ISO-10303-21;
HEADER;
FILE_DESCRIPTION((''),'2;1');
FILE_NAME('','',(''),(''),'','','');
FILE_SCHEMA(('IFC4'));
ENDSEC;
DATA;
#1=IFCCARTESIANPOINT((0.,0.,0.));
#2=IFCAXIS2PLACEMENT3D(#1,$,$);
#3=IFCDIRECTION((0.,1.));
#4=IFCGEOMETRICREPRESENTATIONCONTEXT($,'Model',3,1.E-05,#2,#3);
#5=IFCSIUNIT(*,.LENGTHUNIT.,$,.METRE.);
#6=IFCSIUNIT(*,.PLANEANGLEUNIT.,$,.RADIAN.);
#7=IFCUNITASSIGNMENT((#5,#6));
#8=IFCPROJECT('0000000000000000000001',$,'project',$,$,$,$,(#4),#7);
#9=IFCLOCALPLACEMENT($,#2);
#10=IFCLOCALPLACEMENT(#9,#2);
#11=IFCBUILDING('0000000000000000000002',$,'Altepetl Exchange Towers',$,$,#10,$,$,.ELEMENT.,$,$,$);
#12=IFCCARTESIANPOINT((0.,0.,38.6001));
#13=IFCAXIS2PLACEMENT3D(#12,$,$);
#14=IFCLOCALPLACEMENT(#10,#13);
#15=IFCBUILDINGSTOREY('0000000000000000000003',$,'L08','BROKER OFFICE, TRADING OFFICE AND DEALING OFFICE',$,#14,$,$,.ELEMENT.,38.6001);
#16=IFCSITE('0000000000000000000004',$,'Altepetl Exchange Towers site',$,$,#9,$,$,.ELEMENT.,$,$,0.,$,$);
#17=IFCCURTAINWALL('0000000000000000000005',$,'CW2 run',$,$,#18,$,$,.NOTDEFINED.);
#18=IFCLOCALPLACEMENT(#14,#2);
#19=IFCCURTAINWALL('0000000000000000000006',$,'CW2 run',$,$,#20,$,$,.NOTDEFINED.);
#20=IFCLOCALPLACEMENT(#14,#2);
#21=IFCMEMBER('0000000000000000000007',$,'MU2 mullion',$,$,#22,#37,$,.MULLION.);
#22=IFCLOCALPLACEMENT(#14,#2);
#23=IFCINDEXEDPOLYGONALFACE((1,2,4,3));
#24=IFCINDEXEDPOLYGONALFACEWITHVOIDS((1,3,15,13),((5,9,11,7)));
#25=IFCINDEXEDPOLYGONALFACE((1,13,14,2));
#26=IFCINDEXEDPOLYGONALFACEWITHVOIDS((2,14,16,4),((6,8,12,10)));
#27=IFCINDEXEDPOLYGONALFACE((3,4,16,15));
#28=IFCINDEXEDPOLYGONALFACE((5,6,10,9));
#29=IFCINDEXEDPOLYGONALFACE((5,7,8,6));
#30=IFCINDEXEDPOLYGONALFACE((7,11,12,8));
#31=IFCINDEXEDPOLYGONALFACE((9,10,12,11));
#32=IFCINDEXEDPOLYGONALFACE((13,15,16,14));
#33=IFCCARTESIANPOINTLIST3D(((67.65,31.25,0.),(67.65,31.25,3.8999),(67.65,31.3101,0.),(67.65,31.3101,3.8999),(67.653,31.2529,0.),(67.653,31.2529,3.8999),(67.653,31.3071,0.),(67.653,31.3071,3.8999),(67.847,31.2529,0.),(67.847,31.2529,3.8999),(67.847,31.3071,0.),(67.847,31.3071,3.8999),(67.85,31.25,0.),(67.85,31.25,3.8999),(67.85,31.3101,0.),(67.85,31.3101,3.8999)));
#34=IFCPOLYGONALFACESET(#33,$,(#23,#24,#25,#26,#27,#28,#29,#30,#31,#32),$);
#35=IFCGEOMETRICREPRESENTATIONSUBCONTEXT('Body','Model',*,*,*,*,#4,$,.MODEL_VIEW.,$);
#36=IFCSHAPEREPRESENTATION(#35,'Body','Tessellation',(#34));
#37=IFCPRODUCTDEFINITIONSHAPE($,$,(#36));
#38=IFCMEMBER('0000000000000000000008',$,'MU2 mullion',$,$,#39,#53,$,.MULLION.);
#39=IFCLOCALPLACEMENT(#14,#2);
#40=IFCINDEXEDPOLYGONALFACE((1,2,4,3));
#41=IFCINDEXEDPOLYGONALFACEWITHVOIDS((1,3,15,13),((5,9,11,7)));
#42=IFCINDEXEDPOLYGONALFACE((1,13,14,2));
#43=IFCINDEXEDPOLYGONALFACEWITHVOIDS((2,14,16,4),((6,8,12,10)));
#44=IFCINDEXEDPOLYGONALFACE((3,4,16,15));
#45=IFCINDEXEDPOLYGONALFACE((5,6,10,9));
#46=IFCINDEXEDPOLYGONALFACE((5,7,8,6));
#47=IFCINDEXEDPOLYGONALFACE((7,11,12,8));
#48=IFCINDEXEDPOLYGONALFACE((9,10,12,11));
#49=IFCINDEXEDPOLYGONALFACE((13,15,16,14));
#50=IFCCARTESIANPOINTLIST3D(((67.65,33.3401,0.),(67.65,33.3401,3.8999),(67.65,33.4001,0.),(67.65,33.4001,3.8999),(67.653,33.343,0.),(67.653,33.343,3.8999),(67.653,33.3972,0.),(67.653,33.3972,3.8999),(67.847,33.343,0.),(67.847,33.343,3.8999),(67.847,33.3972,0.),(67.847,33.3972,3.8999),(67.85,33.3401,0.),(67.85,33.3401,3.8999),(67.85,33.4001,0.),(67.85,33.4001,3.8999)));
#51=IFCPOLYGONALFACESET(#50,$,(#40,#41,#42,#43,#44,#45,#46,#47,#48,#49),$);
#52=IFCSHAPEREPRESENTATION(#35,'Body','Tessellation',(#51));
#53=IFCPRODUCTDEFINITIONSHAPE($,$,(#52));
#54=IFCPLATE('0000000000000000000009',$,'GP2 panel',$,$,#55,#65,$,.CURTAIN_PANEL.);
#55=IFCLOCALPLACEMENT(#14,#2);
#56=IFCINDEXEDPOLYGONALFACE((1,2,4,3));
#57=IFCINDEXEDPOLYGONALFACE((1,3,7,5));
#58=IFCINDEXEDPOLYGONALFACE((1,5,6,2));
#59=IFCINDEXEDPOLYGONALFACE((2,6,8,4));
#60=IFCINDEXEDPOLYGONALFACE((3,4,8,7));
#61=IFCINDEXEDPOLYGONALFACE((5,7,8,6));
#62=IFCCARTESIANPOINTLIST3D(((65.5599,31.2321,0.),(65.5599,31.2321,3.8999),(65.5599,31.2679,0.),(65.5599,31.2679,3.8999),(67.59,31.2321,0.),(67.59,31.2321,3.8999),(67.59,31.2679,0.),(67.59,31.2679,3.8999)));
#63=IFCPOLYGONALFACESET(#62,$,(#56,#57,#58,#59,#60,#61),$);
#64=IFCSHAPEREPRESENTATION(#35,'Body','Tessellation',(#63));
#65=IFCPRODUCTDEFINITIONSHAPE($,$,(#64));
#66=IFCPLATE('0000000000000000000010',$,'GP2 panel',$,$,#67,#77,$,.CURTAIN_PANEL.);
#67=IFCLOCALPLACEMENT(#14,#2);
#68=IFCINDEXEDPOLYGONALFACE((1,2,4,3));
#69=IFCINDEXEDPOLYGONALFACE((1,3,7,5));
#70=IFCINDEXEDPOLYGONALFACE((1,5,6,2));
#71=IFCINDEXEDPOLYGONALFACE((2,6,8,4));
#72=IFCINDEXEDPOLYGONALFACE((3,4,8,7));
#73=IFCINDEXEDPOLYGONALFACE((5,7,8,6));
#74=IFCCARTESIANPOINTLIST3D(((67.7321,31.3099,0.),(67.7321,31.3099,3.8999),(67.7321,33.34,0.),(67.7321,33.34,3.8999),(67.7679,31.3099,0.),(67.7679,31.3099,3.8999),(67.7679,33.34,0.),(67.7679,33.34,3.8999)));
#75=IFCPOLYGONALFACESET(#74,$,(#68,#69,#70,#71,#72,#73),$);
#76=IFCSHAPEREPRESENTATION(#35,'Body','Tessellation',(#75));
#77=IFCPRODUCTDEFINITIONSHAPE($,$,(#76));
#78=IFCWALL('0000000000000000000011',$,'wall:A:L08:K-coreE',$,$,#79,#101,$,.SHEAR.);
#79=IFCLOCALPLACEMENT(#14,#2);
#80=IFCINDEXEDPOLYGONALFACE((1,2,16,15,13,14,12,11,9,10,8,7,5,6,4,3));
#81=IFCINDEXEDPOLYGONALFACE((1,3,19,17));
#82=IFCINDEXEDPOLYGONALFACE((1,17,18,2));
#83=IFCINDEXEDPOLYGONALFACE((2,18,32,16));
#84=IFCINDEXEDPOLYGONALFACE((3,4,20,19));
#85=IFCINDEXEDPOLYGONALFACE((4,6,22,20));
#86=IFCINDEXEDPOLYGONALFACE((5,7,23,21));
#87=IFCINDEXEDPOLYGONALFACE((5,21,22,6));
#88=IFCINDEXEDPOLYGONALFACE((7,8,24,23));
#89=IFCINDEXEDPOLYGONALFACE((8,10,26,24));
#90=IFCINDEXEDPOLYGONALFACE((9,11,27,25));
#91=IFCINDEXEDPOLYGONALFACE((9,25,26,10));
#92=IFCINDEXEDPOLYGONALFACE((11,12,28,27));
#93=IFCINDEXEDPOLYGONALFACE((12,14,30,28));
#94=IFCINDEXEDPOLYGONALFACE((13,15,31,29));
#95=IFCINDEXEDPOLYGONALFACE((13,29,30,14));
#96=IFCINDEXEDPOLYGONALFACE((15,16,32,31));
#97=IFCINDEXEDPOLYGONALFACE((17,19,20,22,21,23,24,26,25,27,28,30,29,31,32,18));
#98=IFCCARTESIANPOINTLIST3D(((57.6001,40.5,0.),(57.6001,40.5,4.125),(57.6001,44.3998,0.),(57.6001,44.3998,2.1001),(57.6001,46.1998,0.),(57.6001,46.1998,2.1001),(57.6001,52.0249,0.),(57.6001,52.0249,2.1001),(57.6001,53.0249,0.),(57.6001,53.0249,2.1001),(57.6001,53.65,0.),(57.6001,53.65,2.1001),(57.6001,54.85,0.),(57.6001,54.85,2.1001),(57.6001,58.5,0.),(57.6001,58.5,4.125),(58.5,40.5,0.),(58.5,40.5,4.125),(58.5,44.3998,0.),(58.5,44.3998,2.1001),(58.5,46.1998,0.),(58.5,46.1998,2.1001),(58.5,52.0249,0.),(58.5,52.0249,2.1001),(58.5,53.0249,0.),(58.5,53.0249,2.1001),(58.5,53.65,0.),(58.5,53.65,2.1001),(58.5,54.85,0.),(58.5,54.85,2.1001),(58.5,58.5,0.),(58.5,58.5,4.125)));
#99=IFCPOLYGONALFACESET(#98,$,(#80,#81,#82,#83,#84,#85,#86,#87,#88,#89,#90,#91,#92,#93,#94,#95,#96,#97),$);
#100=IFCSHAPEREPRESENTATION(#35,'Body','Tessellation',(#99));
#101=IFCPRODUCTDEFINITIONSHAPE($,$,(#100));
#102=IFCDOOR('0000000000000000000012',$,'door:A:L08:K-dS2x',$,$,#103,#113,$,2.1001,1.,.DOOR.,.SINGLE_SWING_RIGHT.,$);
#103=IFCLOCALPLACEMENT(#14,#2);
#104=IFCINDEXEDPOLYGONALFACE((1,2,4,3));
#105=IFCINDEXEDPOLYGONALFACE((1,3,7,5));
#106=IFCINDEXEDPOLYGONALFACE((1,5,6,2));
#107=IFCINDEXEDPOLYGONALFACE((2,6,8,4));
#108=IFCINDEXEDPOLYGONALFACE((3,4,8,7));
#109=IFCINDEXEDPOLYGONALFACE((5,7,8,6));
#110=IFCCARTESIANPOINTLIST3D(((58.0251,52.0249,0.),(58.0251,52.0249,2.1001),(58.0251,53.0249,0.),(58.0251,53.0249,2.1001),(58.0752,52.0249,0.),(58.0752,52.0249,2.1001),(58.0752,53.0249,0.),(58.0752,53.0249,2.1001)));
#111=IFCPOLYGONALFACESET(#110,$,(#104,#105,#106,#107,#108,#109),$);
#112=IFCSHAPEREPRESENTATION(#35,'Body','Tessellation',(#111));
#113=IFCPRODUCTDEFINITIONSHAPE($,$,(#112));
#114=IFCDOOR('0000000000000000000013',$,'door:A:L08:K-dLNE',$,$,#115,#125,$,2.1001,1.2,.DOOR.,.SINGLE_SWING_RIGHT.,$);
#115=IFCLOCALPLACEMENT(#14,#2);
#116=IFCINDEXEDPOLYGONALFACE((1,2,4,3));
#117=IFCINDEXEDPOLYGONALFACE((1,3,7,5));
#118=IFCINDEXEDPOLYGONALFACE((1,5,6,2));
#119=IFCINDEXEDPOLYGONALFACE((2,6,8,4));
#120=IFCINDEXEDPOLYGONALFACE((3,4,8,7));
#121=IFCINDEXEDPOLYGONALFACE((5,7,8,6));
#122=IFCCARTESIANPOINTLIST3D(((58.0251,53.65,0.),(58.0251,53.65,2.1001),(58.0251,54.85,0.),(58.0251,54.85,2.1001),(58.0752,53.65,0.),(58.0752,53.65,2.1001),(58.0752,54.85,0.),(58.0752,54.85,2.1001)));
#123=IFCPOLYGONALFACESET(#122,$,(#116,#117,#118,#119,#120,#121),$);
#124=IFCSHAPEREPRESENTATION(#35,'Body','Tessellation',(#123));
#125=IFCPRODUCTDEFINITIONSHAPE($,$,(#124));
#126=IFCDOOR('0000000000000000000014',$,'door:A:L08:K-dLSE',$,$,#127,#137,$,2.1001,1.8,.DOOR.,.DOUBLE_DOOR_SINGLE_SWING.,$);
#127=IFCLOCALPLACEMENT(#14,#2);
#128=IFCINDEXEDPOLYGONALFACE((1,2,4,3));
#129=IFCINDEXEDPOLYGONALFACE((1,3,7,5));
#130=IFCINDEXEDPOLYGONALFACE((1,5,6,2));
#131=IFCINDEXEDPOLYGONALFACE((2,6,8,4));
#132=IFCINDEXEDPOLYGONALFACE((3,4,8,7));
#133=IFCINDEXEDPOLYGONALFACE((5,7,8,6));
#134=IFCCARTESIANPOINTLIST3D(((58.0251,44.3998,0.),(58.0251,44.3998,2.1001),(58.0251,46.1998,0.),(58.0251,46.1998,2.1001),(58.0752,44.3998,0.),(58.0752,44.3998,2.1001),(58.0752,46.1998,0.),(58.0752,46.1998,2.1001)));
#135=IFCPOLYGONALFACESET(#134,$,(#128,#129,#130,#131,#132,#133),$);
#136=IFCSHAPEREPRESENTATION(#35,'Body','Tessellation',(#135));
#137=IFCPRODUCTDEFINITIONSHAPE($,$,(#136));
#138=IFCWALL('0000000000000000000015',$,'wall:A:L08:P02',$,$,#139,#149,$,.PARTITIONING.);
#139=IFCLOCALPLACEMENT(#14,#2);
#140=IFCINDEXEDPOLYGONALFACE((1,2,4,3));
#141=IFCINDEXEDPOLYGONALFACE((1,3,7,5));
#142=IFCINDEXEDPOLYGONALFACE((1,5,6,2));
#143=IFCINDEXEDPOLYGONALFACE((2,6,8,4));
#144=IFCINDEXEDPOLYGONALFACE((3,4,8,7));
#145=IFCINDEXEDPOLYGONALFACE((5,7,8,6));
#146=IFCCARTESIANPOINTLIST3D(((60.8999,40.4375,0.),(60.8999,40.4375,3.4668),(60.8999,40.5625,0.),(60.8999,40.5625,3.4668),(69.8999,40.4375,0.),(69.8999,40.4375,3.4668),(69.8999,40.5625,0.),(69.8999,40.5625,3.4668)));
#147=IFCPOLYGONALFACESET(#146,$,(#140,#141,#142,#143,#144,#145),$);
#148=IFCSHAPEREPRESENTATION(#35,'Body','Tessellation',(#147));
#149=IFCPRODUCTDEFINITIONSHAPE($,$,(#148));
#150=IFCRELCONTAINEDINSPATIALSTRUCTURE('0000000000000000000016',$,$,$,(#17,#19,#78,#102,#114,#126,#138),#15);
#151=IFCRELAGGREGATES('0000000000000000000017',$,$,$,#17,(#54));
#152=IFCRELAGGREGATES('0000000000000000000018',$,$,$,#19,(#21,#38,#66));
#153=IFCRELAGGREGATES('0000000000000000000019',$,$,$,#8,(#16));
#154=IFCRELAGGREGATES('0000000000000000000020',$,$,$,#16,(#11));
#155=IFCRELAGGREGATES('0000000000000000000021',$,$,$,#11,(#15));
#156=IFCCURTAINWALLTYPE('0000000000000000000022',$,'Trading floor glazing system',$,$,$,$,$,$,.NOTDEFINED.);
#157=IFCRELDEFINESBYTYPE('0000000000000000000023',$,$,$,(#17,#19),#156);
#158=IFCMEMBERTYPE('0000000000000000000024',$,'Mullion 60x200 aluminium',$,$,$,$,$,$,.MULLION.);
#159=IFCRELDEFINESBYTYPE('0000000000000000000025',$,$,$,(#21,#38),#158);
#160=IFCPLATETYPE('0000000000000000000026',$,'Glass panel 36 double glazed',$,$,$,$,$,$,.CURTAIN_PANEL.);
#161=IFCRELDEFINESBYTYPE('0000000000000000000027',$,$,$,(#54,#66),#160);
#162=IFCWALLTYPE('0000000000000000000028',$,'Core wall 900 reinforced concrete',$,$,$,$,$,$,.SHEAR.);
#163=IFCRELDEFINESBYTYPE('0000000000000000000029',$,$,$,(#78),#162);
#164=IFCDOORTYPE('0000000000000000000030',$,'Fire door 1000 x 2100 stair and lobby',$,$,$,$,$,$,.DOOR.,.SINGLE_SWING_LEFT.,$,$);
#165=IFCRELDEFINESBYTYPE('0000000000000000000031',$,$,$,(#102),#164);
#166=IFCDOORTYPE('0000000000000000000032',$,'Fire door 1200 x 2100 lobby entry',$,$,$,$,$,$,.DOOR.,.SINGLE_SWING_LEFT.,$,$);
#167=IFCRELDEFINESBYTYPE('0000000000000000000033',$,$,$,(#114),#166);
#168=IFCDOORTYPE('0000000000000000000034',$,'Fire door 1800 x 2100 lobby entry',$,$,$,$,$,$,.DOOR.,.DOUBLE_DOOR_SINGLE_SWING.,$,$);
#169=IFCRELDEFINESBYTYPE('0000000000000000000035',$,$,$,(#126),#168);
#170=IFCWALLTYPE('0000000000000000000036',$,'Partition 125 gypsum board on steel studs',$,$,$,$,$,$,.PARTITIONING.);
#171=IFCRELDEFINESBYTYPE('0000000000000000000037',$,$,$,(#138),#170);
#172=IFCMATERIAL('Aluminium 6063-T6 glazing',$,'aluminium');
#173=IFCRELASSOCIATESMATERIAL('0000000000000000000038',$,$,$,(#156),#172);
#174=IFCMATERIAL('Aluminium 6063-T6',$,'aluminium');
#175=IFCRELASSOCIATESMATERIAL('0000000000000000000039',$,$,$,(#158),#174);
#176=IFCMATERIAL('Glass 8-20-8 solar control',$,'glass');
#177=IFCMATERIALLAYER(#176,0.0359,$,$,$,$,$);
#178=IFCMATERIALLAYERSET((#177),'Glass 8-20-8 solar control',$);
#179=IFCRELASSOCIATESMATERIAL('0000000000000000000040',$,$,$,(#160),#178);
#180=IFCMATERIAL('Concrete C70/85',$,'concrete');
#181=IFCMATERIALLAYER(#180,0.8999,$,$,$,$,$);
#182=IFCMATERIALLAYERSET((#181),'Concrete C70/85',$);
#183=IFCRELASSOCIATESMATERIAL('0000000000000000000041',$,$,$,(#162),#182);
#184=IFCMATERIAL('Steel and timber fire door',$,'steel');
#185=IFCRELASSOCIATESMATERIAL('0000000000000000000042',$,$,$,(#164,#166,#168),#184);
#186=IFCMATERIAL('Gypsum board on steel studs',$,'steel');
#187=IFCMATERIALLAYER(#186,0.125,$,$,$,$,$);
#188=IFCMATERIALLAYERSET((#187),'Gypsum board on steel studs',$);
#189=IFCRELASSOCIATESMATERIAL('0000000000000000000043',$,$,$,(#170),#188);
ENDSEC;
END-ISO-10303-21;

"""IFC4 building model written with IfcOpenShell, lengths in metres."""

from ifc_helpers import new_model, si_unit, direction, frame, frame_2d, origin, origin_2d, place, context, subcontext, project, spatial, rectangle, hollow_rectangle, extrude, material, layer, layer_set, material_profile, profile_set, type_object, element, fill, aggregate, save


model = new_model("IFC4")

# Units and contexts
model_context = context("Model", 3, precision=1e-05, world=origin(), true_north=direction((0.0, 1.0)))
body_context = subcontext(model_context, "Body", "Model", "MODEL_VIEW")
ifc_project = project(units=[si_unit("LENGTHUNIT", "METRE"), si_unit("PLANEANGLEUNIT", "RADIAN")], contexts=[model_context])

# Site, building, storey
site_placement = place(None, origin())
site = spatial("IfcSite", under=ifc_project, at=site_placement, Name="Altepetl Exchange Towers site", CompositionType="ELEMENT", RefElevation=0.0)
building_placement = place(site_placement, origin())
building = spatial("IfcBuilding", under=site, at=building_placement, Name="Altepetl Exchange Towers", CompositionType="ELEMENT")
storey_placement = place(building_placement, frame((0.0, 0.0, 38.6001)))
storey = spatial("IfcBuildingStorey", under=building, at=storey_placement, Name="L08", Description="BROKER OFFICE, TRADING OFFICE AND DEALING OFFICE", CompositionType="ELEMENT", Elevation=38.6001)

# Shared definitions
ifc_material_1 = material(Name="Concrete C70/85", Category="concrete")

# Shared definitions
ifc_material_2 = material(Name="Aluminium 6063-T6 glazing", Category="aluminium")
curtain_wall_type = type_object("IfcCurtainWallType", Name="Trading floor glazing system", PredefinedType="NOTDEFINED", material=ifc_material_2)
ifc_material_3 = material(Name="Aluminium 6063-T6", Category="aluminium")
ifc_material_profile_1 = material_profile(ifc_material_3, hollow_rectangle(XDim=0.0601, YDim=0.2, WallThickness=0.0029, at=origin_2d()), Name="Mullion 60x200 aluminium")
ifc_profile_set_1 = profile_set([ifc_material_profile_1], Name="Aluminium 6063-T6")
member_type = type_object("IfcMemberType", Name="Mullion 60x200 aluminium", PredefinedType="MULLION", material=ifc_profile_set_1)

# Curtain walls, members
curtain_wall_1_placement = place(storey_placement, origin())
curtain_wall_1 = element("IfcCurtainWall", 1, at=curtain_wall_1_placement, inside=storey, type_object=curtain_wall_type, Name="CW2 run", PredefinedType="NOTDEFINED")
curtain_wall_2_placement = place(storey_placement, origin())
curtain_wall_2 = element("IfcCurtainWall", 2, at=curtain_wall_2_placement, inside=storey, type_object=curtain_wall_type, Name="CW2 run", PredefinedType="NOTDEFINED")
member_1_placement = place(storey_placement, frame((67.75, 31.28, 0.0), z_axis=(0.0, 0.0, 1.0), x_axis=(0.0, 1.0, 0.0)))
member_1 = element("IfcMember", 3, at=member_1_placement, type_object=member_type, Name="MU2 mullion", PredefinedType="MULLION", context=body_context, shape_type="SweptSolid", body=[
    extrude(hollow_rectangle(XDim=0.0601, YDim=0.2, WallThickness=0.0029, at=origin_2d()), origin(), (0.0, 0.0, 1.0), 3.8999),
])
member_2_placement = place(storey_placement, frame((67.75, 33.3701, 0.0), z_axis=(0.0, 0.0, 1.0), x_axis=(0.0, 1.0, 0.0)))
member_2 = element("IfcMember", 4, at=member_2_placement, type_object=member_type, Name="MU2 mullion", PredefinedType="MULLION", context=body_context, shape_type="SweptSolid", body=[
    extrude(hollow_rectangle(XDim=0.0601, YDim=0.2, WallThickness=0.0029, at=origin_2d()), origin(), (0.0, 0.0, 1.0), 3.8999),
])

# Plates
ifc_material_4 = material(Name="Glass 8-20-8 solar control", Category="glass")
ifc_layer_1 = layer(ifc_material_4, 0.0359)
ifc_layer_set_1 = layer_set([ifc_layer_1], Name="Glass 8-20-8 solar control")
plate_type = type_object("IfcPlateType", Name="Glass panel 36 double glazed", PredefinedType="CURTAIN_PANEL", material=ifc_layer_set_1)
plate_1_placement = place(storey_placement, frame((66.575, 31.25, 0.0)))
plate_1 = element("IfcPlate", 5, at=plate_1_placement, type_object=plate_type, Name="GP2 panel", PredefinedType="CURTAIN_PANEL", context=body_context, shape_type="SweptSolid", body=[
    extrude(rectangle(XDim=2.03, YDim=0.0359, at=origin_2d()), origin(), (0.0, 0.0, 1.0), 3.8999),
])
aggregate(curtain_wall_1, [plate_1])
plate_2_placement = place(storey_placement, frame((67.75, 32.325, 0.0), z_axis=(0.0, 0.0, 1.0), x_axis=(0.0, 1.0, 0.0)))
plate_2 = element("IfcPlate", 6, at=plate_2_placement, type_object=plate_type, Name="GP2 panel", PredefinedType="CURTAIN_PANEL", context=body_context, shape_type="SweptSolid", body=[
    extrude(rectangle(XDim=2.03, YDim=0.0359, at=origin_2d()), origin(), (0.0, 0.0, 1.0), 3.8999),
])
aggregate(curtain_wall_2, [member_1, member_2, plate_2])

# Wall, openings, doors
ifc_layer_2 = layer(ifc_material_1, 0.8999)
ifc_layer_set_2 = layer_set([ifc_layer_2], Name="Concrete C70/85")
wall_type_1 = type_object("IfcWallType", Name="Core wall 900 reinforced concrete", PredefinedType="SHEAR", material=ifc_layer_set_2)
wall_1_placement = place(storey_placement, frame((58.05, 40.5, 0.0), z_axis=(0.0, 0.0, 1.0), x_axis=(0.0, 1.0, 0.0)))
wall_1 = element("IfcWall", 7, at=wall_1_placement, inside=storey, type_object=wall_type_1, Name="wall:A:L08:K-coreE", PredefinedType="SHEAR", context=body_context, shape_type="SweptSolid", body=[
    extrude(rectangle(XDim=18.0, YDim=0.8999, at=frame_2d((9.0, 0.0))), origin(), (0.0, 0.0, 1.0), 4.125),
])
opening_1_placement = place(wall_1_placement, frame((13.1499, 0.0, 0.0)))
opening_1 = element("IfcOpeningElement", 8, at=opening_1_placement, cuts=wall_1, PredefinedType="OPENING", context=body_context, shape_type="SweptSolid", body=[
    extrude(rectangle(XDim=1.2, YDim=2.1001, at=frame_2d((0.6001, 1.05))), frame((0.0, 0.46, 0.0), z_axis=(0.0, -1.0, 0.0), x_axis=(1.0, 0.0, 0.0)), (0.0, 0.0, 1.0), 0.9199),
])
opening_2_placement = place(wall_1_placement, frame((3.8999, 0.0, 0.0)))
opening_2 = element("IfcOpeningElement", 9, at=opening_2_placement, cuts=wall_1, PredefinedType="OPENING", context=body_context, shape_type="SweptSolid", body=[
    extrude(rectangle(XDim=1.8, YDim=2.1001, at=frame_2d((0.8999, 1.05))), frame((0.0, 0.46, 0.0), z_axis=(0.0, -1.0, 0.0), x_axis=(1.0, 0.0, 0.0)), (0.0, 0.0, 1.0), 0.9199),
])
opening_3_placement = place(wall_1_placement, frame((11.5249, 0.0, 0.0)))
opening_3 = element("IfcOpeningElement", 10, at=opening_3_placement, cuts=wall_1, PredefinedType="OPENING", context=body_context, shape_type="SweptSolid", body=[
    extrude(rectangle(XDim=1.0, YDim=2.1001, at=frame_2d((0.5, 1.05))), frame((0.0, 0.46, 0.0), z_axis=(0.0, -1.0, 0.0), x_axis=(1.0, 0.0, 0.0)), (0.0, 0.0, 1.0), 0.9199),
])
ifc_material_5 = material(Name="Steel and timber fire door", Category="steel")
door_type_1 = type_object("IfcDoorType", Name="Fire door 1000 x 2100 stair and lobby", OperationType="SINGLE_SWING_LEFT", PredefinedType="DOOR", material=ifc_material_5)
door_1_placement = place(opening_3_placement, origin())
door_1 = element("IfcDoor", 11, at=door_1_placement, inside=storey, type_object=door_type_1, Name="door:A:L08:K-dS2x", OperationType="SINGLE_SWING_RIGHT", OverallHeight=2.1001, OverallWidth=1.0, PredefinedType="DOOR", context=body_context, shape_type="SweptSolid", body=[
    extrude(rectangle(XDim=1.0, YDim=2.1001, at=frame_2d((0.5, 1.05))), frame((0.0, 0.0249, 0.0), z_axis=(0.0, -1.0, 0.0), x_axis=(1.0, 0.0, 0.0)), (0.0, 0.0, 1.0), 0.05),
])
fill(opening_3, door_1)
door_type_2 = type_object("IfcDoorType", Name="Fire door 1200 x 2100 lobby entry", OperationType="SINGLE_SWING_LEFT", PredefinedType="DOOR", material=ifc_material_5)
door_2_placement = place(opening_1_placement, origin())
door_2 = element("IfcDoor", 12, at=door_2_placement, inside=storey, type_object=door_type_2, Name="door:A:L08:K-dLNE", OperationType="SINGLE_SWING_RIGHT", OverallHeight=2.1001, OverallWidth=1.2, PredefinedType="DOOR", context=body_context, shape_type="SweptSolid", body=[
    extrude(rectangle(XDim=1.2, YDim=2.1001, at=frame_2d((0.6001, 1.05))), frame((0.0, 0.0249, 0.0), z_axis=(0.0, -1.0, 0.0), x_axis=(1.0, 0.0, 0.0)), (0.0, 0.0, 1.0), 0.05),
])
fill(opening_1, door_2)
door_type_3 = type_object("IfcDoorType", Name="Fire door 1800 x 2100 lobby entry", OperationType="DOUBLE_DOOR_SINGLE_SWING", PredefinedType="DOOR", material=ifc_material_5)
door_3_placement = place(opening_2_placement, origin())
door_3 = element("IfcDoor", 13, at=door_3_placement, inside=storey, type_object=door_type_3, Name="door:A:L08:K-dLSE", OperationType="DOUBLE_DOOR_SINGLE_SWING", OverallHeight=2.1001, OverallWidth=1.8, PredefinedType="DOOR", context=body_context, shape_type="SweptSolid", body=[
    extrude(rectangle(XDim=1.8, YDim=2.1001, at=frame_2d((0.8999, 1.05))), frame((0.0, 0.0249, 0.0), z_axis=(0.0, -1.0, 0.0), x_axis=(1.0, 0.0, 0.0)), (0.0, 0.0, 1.0), 0.05),
])
fill(opening_2, door_3)

# Wall
ifc_material_6 = material(Name="Gypsum board on steel studs", Category="steel")
ifc_layer_3 = layer(ifc_material_6, 0.125)
ifc_layer_set_3 = layer_set([ifc_layer_3], Name="Gypsum board on steel studs")
wall_type_2 = type_object("IfcWallType", Name="Partition 125 gypsum board on steel studs", PredefinedType="PARTITIONING", material=ifc_layer_set_3)
wall_2_placement = place(storey_placement, frame((60.8999, 40.5, 0.0)))
element("IfcWall", 14, at=wall_2_placement, inside=storey, type_object=wall_type_2, Name="wall:A:L08:P02", PredefinedType="PARTITIONING", context=body_context, shape_type="SweptSolid", body=[
    extrude(rectangle(XDim=9.0, YDim=0.125, at=frame_2d((4.5, 0.0))), origin(), (0.0, 0.0, 1.0), 3.4668),
])

save(model, "model.ifc")
